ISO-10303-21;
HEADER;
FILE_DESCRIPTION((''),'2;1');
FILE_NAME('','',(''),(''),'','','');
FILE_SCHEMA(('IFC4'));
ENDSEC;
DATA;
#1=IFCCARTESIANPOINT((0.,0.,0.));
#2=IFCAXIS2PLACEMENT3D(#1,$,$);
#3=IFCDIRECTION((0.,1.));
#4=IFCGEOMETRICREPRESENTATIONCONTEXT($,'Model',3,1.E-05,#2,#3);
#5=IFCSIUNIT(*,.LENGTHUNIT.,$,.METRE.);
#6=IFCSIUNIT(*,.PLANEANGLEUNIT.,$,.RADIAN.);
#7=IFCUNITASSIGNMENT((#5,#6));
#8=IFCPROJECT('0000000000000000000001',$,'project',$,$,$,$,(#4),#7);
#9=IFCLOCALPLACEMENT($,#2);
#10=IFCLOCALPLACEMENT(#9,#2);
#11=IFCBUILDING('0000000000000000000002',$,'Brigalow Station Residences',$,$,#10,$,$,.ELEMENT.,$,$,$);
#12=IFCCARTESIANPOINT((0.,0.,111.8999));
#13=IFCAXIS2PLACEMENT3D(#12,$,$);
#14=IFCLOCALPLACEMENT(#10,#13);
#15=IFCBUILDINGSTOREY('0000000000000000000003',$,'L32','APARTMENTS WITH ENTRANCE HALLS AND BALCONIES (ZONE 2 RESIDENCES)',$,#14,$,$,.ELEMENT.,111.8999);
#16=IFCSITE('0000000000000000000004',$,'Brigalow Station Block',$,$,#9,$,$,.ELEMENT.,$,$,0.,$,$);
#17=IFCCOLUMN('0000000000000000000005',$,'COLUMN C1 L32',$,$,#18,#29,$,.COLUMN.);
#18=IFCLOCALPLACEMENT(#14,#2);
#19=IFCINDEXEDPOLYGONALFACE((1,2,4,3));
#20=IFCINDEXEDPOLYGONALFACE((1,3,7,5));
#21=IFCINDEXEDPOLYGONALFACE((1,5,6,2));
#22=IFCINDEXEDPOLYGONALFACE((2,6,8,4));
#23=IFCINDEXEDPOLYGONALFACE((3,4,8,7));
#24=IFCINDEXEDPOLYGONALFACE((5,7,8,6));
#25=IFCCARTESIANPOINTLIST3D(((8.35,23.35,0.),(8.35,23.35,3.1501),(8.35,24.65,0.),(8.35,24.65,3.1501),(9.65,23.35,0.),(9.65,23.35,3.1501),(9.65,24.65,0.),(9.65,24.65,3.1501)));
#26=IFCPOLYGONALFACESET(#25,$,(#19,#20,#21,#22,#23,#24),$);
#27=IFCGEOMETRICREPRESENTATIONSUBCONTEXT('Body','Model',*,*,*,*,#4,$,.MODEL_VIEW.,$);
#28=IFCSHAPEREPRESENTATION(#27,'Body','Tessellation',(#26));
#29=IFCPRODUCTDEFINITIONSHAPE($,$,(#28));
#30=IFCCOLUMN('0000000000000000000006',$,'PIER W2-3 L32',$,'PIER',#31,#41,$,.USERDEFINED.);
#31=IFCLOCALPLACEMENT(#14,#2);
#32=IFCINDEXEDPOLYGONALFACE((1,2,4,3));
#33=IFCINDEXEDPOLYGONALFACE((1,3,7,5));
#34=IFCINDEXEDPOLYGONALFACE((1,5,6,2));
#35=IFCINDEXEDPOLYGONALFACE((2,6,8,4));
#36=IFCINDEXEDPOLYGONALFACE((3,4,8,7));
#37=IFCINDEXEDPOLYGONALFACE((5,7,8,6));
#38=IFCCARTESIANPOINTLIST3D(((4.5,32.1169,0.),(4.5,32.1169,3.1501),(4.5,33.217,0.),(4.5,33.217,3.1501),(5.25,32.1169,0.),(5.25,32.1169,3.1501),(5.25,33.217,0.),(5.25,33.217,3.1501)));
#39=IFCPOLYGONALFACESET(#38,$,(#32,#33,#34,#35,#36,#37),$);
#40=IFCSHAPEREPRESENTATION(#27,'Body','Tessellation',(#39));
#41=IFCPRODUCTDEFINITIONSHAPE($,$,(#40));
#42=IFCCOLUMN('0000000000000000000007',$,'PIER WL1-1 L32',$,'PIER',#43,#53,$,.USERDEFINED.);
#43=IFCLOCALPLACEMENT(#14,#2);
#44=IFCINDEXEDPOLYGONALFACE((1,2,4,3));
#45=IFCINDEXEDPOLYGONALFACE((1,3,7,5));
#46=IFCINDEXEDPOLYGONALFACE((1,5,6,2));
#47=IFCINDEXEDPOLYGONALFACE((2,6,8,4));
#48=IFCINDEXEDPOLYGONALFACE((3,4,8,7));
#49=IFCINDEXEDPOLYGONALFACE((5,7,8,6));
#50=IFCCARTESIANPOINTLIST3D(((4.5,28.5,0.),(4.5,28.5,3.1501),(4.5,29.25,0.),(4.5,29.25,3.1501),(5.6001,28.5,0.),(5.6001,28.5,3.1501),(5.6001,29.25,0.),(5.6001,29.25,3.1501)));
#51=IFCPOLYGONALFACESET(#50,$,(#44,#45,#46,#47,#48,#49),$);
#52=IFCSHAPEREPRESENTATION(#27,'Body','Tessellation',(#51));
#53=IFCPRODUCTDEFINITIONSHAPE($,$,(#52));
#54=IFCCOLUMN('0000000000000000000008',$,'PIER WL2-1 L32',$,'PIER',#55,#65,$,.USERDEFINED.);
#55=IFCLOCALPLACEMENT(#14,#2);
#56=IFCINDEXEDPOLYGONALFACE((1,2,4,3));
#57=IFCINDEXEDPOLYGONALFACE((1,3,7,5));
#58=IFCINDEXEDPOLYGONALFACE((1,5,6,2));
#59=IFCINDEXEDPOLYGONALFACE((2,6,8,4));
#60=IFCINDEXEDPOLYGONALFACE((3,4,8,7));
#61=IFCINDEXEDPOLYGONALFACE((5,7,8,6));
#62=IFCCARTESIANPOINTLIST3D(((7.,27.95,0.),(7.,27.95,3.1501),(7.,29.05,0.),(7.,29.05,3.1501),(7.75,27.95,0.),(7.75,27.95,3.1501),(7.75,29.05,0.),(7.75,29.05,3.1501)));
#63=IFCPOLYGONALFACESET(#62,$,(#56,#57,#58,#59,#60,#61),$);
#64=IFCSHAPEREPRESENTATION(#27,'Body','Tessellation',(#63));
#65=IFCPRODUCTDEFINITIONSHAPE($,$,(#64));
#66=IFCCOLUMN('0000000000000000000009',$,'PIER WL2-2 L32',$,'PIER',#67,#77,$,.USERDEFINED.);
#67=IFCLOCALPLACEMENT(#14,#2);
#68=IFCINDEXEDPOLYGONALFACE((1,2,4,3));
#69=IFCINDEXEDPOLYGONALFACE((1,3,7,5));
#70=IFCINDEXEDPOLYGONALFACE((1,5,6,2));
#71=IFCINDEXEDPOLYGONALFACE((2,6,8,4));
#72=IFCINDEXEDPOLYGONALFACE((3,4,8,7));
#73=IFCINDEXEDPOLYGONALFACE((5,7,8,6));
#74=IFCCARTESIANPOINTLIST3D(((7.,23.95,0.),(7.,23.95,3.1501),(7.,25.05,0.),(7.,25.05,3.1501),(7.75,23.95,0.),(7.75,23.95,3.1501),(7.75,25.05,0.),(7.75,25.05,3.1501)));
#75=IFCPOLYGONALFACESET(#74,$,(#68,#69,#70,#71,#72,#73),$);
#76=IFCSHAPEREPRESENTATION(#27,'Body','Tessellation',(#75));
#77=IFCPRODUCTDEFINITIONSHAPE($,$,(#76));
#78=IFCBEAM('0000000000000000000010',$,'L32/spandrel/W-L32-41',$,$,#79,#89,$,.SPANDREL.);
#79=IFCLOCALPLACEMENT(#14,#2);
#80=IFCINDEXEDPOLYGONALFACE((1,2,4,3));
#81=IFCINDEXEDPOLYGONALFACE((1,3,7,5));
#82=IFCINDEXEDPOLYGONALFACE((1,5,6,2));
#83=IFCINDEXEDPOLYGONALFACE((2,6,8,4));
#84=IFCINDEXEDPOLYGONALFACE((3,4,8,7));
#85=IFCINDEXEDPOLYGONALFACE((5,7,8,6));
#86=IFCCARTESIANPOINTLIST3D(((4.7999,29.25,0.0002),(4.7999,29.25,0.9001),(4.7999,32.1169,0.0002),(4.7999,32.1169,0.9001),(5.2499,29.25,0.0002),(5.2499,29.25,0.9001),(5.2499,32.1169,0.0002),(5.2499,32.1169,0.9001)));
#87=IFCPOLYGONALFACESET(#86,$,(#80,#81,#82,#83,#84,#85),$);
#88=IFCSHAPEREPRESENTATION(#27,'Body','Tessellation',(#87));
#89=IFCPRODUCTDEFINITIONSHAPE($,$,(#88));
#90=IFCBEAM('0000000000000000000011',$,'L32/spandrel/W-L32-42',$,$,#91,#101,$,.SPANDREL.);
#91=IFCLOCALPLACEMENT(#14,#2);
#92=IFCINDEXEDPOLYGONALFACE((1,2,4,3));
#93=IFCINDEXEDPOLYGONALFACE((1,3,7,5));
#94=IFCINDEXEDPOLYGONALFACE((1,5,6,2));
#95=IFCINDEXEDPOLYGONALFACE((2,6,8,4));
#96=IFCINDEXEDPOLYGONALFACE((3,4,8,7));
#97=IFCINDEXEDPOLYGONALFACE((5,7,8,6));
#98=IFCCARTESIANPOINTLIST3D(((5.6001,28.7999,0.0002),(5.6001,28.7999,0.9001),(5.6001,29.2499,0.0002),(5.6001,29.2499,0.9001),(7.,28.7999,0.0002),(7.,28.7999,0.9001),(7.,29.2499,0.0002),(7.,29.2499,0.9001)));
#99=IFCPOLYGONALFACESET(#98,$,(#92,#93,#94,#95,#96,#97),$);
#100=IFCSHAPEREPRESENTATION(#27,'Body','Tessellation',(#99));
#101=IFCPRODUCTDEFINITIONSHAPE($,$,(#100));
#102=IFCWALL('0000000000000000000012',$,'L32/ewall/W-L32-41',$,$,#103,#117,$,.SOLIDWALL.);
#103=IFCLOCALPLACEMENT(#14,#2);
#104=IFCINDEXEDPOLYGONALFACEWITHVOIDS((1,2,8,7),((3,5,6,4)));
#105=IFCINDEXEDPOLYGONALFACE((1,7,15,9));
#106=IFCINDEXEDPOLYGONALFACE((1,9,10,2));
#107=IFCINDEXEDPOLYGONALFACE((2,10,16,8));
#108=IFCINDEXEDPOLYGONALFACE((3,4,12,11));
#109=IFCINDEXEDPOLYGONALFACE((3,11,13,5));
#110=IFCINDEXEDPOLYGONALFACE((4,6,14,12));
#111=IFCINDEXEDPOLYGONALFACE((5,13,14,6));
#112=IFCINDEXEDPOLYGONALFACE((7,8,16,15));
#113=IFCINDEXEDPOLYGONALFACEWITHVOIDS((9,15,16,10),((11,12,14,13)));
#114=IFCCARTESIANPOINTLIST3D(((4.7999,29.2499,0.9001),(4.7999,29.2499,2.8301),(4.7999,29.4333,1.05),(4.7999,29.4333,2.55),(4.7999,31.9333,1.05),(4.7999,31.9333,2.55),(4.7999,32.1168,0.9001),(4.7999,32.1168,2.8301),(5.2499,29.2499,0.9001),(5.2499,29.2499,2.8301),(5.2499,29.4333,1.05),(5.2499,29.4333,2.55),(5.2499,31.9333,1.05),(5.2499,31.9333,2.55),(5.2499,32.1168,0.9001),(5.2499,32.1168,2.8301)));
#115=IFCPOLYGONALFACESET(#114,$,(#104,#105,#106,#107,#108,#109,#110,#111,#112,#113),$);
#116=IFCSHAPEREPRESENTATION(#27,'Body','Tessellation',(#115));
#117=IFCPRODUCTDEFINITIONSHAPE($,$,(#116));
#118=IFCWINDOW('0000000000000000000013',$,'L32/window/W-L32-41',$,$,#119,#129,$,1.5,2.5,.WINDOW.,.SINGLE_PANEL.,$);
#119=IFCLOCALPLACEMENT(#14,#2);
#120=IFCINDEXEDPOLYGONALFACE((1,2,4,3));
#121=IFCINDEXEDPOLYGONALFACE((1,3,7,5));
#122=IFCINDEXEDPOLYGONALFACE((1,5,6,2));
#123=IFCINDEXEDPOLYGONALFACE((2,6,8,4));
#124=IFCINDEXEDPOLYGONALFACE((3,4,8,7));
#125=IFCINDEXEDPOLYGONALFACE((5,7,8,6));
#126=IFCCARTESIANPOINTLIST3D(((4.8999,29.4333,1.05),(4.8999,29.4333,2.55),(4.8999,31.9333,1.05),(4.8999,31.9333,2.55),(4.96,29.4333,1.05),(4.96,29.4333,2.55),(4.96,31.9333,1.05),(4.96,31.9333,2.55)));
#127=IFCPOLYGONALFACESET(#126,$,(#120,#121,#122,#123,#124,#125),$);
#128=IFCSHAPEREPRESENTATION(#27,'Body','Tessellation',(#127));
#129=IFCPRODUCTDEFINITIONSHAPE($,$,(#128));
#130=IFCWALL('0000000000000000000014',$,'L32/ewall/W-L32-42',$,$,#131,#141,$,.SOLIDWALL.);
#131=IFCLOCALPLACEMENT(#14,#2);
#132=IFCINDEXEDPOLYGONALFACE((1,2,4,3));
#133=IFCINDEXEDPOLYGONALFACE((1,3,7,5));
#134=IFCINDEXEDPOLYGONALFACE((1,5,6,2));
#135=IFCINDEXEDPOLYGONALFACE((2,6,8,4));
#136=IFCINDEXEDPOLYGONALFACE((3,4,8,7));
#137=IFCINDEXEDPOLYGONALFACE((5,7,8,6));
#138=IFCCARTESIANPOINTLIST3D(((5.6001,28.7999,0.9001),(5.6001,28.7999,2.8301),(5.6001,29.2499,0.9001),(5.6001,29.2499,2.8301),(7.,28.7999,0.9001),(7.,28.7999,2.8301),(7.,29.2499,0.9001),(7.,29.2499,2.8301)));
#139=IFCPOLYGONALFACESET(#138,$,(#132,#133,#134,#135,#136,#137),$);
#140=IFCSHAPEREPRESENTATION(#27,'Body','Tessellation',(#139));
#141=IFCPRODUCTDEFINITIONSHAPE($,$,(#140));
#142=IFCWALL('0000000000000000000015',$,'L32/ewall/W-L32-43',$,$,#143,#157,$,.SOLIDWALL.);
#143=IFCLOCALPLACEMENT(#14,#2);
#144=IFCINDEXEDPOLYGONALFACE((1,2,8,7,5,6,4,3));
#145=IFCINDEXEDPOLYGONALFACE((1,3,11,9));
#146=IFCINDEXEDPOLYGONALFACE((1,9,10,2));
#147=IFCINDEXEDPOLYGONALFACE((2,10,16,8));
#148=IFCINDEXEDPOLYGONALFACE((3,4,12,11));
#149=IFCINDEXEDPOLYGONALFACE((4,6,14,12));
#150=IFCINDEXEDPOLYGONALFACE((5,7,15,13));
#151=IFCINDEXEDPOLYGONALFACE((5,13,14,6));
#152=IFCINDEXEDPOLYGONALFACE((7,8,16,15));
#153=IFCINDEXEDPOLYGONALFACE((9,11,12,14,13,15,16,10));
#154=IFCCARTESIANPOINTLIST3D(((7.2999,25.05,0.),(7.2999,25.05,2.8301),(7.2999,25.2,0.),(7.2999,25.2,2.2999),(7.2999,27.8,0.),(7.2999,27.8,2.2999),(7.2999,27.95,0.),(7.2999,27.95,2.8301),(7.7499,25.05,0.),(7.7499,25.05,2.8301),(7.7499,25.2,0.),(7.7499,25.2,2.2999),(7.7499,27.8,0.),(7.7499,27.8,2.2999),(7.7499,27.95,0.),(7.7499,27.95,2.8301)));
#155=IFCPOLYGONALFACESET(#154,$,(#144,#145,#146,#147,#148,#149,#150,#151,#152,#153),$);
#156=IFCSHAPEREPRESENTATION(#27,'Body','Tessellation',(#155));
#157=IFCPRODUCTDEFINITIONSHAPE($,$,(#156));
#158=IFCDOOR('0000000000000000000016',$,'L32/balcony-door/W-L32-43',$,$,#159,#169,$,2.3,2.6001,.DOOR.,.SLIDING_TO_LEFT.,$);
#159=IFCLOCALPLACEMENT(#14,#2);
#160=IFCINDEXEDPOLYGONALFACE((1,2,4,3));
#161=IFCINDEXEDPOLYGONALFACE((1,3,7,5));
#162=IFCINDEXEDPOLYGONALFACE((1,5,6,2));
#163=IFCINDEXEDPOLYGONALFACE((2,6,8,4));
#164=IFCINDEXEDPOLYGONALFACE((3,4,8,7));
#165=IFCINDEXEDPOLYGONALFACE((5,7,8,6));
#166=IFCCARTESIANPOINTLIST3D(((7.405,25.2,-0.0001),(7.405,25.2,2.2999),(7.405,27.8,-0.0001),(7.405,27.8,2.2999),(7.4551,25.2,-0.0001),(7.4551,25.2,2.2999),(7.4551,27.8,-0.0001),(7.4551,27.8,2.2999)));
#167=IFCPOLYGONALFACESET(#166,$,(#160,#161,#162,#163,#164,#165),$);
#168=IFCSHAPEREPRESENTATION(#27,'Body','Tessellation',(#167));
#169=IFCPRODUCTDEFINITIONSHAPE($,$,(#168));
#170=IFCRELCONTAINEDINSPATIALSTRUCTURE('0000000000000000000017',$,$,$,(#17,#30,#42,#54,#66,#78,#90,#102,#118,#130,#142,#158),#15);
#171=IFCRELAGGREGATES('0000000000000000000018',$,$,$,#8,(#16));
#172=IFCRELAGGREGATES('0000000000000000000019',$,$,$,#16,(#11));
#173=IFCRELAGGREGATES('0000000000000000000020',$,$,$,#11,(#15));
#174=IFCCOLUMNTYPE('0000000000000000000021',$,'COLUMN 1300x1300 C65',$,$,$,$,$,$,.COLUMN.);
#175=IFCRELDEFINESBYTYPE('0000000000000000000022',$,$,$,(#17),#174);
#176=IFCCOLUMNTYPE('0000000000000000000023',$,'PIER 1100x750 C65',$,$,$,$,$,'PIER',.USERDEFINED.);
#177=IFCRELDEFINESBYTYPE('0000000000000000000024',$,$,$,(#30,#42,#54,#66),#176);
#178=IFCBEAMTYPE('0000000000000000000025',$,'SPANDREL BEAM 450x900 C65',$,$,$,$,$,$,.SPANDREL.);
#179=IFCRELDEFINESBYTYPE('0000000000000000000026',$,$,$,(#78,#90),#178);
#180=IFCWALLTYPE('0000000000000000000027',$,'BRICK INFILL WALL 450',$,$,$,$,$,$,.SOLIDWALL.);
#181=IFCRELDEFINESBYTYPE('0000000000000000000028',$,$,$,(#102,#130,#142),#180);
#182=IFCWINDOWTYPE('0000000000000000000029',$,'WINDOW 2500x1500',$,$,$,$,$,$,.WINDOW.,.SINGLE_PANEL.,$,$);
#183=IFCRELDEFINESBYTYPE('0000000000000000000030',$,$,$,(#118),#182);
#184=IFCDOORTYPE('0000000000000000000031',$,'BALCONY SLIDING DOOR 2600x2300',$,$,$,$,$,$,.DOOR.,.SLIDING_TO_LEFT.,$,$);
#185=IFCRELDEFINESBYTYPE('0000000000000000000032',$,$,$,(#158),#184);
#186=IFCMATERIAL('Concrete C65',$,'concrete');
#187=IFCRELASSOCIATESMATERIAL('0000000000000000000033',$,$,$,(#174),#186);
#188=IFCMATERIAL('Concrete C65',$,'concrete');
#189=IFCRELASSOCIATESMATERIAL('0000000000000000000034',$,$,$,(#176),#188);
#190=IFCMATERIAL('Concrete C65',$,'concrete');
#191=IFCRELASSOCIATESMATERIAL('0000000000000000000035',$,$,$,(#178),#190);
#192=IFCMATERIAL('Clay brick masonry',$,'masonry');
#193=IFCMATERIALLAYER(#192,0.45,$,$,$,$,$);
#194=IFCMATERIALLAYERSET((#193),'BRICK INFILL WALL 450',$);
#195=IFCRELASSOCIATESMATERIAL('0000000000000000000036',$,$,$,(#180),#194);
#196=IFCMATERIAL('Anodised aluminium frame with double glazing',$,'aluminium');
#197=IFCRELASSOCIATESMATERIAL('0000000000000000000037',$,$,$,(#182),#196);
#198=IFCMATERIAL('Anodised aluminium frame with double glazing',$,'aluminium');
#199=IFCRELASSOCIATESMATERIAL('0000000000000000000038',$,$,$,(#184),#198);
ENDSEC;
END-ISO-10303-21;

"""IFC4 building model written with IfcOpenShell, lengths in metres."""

from ifc_helpers import new_model, si_unit, direction, frame, frame_2d, origin, origin_2d, place, context, subcontext, project, spatial, rectangle, extrude, material, layer, layer_set, material_profile, profile_set, type_object, element, fill, save


model = new_model("IFC4")

# Units and contexts
model_context = context("Model", 3, precision=1e-05, world=origin(), true_north=direction((0.0, 1.0)))
body_context = subcontext(model_context, "Body", "Model", "MODEL_VIEW")
ifc_project = project(units=[si_unit("LENGTHUNIT", "METRE"), si_unit("PLANEANGLEUNIT", "RADIAN")], contexts=[model_context])

# Site, building, storey
site_placement = place(None, origin())
site = spatial("IfcSite", under=ifc_project, at=site_placement, Name="Brigalow Station Block", CompositionType="ELEMENT", RefElevation=0.0)
building_placement = place(site_placement, origin())
building = spatial("IfcBuilding", under=site, at=building_placement, Name="Brigalow Station Residences", CompositionType="ELEMENT")
storey_placement = place(building_placement, frame((0.0, 0.0, 111.8999)))
storey = spatial("IfcBuildingStorey", under=building, at=storey_placement, Name="L32", Description="APARTMENTS WITH ENTRANCE HALLS AND BALCONIES (ZONE 2 RESIDENCES)", CompositionType="ELEMENT", Elevation=111.8999)

# Columns
ifc_material_1 = material(Name="Concrete C65", Category="concrete")
ifc_material_profile_1 = material_profile(ifc_material_1, rectangle(XDim=1.3, YDim=1.3, at=origin_2d()), Name="RC1300x1300")
ifc_profile_set_1 = profile_set([ifc_material_profile_1], Name="Concrete C65")
column_type_1 = type_object("IfcColumnType", Name="COLUMN 1300x1300 C65", PredefinedType="COLUMN", material=ifc_profile_set_1)
column_placement = place(storey_placement, frame((9.0, 24.0, 0.0), z_axis=(0.0, 0.0, 1.0), x_axis=(1.0, 0.0, 0.0)))
element("IfcColumn", 1, at=column_placement, inside=storey, type_object=column_type_1, Name="COLUMN C1 L32", PredefinedType="COLUMN", context=body_context, shape_type="SweptSolid", body=[
    extrude(rectangle(XDim=1.3, YDim=1.3, at=origin_2d()), origin(), (0.0, 0.0, 1.0), 3.1501),
])
ifc_material_2 = material(Name="Concrete C65", Category="concrete")
ifc_material_profile_2 = material_profile(ifc_material_2, rectangle(XDim=1.1001, YDim=0.75, at=origin_2d()), Name="RC1100x750")
ifc_profile_set_2 = profile_set([ifc_material_profile_2], Name="Concrete C65")
column_type_2 = type_object("IfcColumnType", Name="PIER 1100x750 C65", ElementType="PIER", PredefinedType="USERDEFINED", material=ifc_profile_set_2)
for number, where, z_axis, x_axis, name in (
    (2, (4.875, 32.667, 0.0), (0.0, 0.0, 1.0), (0.0, -1.0, 0.0), "PIER W2-3 L32"),
    (3, (5.05, 28.875, 0.0), (0.0, 0.0, 1.0), (1.0, 0.0, 0.0), "PIER WL1-1 L32"),
    (4, (7.375, 28.5, 0.0), (0.0, 0.0, 1.0), (0.0, -1.0, 0.0), "PIER WL2-1 L32"),
    (5, (7.375, 24.5, 0.0), (0.0, 0.0, 1.0), (0.0, -1.0, 0.0), "PIER WL2-2 L32"),
):
    element("IfcColumn", number, at=place(storey_placement, frame(where, z_axis=z_axis, x_axis=x_axis)), inside=storey, type_object=column_type_2, Name=name, ObjectType="PIER", PredefinedType="USERDEFINED", context=body_context, shape_type="SweptSolid", body=[
        extrude(rectangle(XDim=1.1001, YDim=0.75, at=origin_2d()), origin(), (0.0, 0.0, 1.0), 3.1501),
    ])

# Beams
ifc_material_3 = material(Name="Concrete C65", Category="concrete")
ifc_material_profile_3 = material_profile(ifc_material_3, rectangle(XDim=0.45, YDim=0.8999, at=origin_2d()), Name="RC450x900")
ifc_profile_set_3 = profile_set([ifc_material_profile_3], Name="Concrete C65")
beam_type = type_object("IfcBeamType", Name="SPANDREL BEAM 450x900 C65", PredefinedType="SPANDREL", material=ifc_profile_set_3)
beam_1_placement = place(storey_placement, frame((5.0249, 32.1169, 0.4502), z_axis=(0.0, -1.0, 0.0), x_axis=(1.0, 0.0, 0.0)))
element("IfcBeam", 6, at=beam_1_placement, inside=storey, type_object=beam_type, Name="L32/spandrel/W-L32-41", PredefinedType="SPANDREL", context=body_context, shape_type="SweptSolid", body=[
    extrude(rectangle(XDim=0.45, YDim=0.8999, at=origin_2d()), origin(), (0.0, 0.0, 1.0), 2.8669),
])
beam_2_placement = place(storey_placement, frame((5.6001, 29.0249, 0.4502), z_axis=(1.0, 0.0, 0.0), x_axis=(0.0, 1.0, 0.0)))
element("IfcBeam", 7, at=beam_2_placement, inside=storey, type_object=beam_type, Name="L32/spandrel/W-L32-42", PredefinedType="SPANDREL", context=body_context, shape_type="SweptSolid", body=[
    extrude(rectangle(XDim=0.45, YDim=0.8999, at=origin_2d()), origin(), (0.0, 0.0, 1.0), 1.3999),
])

# Wall, opening, window
ifc_material_4 = material(Name="Clay brick masonry", Category="masonry")
ifc_layer_1 = layer(ifc_material_4, 0.45)
ifc_layer_set_1 = layer_set([ifc_layer_1], Name="BRICK INFILL WALL 450")
wall_type_1 = type_object("IfcWallType", Name="BRICK INFILL WALL 450", PredefinedType="SOLIDWALL", material=ifc_layer_set_1)
wall_1_placement = place(storey_placement, frame((5.0249, 32.1169, 0.9001), z_axis=(0.0, 0.0, 1.0), x_axis=(0.0, -1.0, 0.0)))
wall_1 = element("IfcWall", 8, at=wall_1_placement, inside=storey, type_object=wall_type_1, Name="L32/ewall/W-L32-41", PredefinedType="SOLIDWALL", context=body_context, shape_type="SweptSolid", body=[
    extrude(rectangle(XDim=2.8669, YDim=0.45, at=frame_2d((1.4336, 0.0))), origin(), (0.0, 0.0, 1.0), 1.9299),
])
opening_1_placement = place(wall_1_placement, frame((0.1836, 0.0, 0.1499)))
opening_1 = element("IfcOpeningElement", 9, at=opening_1_placement, cuts=wall_1, PredefinedType="OPENING", context=body_context, shape_type="SweptSolid", body=[
    extrude(rectangle(XDim=2.5, YDim=1.5, at=frame_2d((1.25, 0.75))), frame((0.0, 0.2349, 0.0), z_axis=(0.0, -1.0, 0.0), x_axis=(1.0, 0.0, 0.0)), (0.0, 0.0, 1.0), 0.47),
])
ifc_material_5 = material(Name="Anodised aluminium frame with double glazing", Category="aluminium")
window_type = type_object("IfcWindowType", Name="WINDOW 2500x1500", PartitioningType="SINGLE_PANEL", PredefinedType="WINDOW", material=ifc_material_5)
window_placement = place(opening_1_placement, origin())
window = element("IfcWindow", 10, at=window_placement, inside=storey, type_object=window_type, Name="L32/window/W-L32-41", OverallHeight=1.5, OverallWidth=2.5, PartitioningType="SINGLE_PANEL", PredefinedType="WINDOW", context=body_context, shape_type="SweptSolid", body=[
    extrude(rectangle(XDim=2.5, YDim=1.5, at=frame_2d((1.25, 0.75))), frame((0.0, -0.0649, 0.0), z_axis=(0.0, -1.0, 0.0), x_axis=(1.0, 0.0, 0.0)), (0.0, 0.0, 1.0), 0.0601),
])
fill(opening_1, window)

# Wall
wall_2_placement = place(storey_placement, frame((5.6001, 29.0249, 0.9001), z_axis=(0.0, 0.0, 1.0), x_axis=(1.0, 0.0, 0.0)))
element("IfcWall", 11, at=wall_2_placement, inside=storey, type_object=wall_type_1, Name="L32/ewall/W-L32-42", PredefinedType="SOLIDWALL", context=body_context, shape_type="SweptSolid", body=[
    extrude(rectangle(XDim=1.3999, YDim=0.45, at=frame_2d((0.7, 0.0))), origin(), (0.0, 0.0, 1.0), 1.9299),
])

# Wall, opening, door
wall_3_placement = place(storey_placement, frame((7.5249, 27.95, 0.0), z_axis=(0.0, 0.0, 1.0), x_axis=(0.0, -1.0, 0.0)))
wall_3 = element("IfcWall", 12, at=wall_3_placement, inside=storey, type_object=wall_type_1, Name="L32/ewall/W-L32-43", PredefinedType="SOLIDWALL", context=body_context, shape_type="SweptSolid", body=[
    extrude(rectangle(XDim=2.8999, YDim=0.45, at=frame_2d((1.45, 0.0))), origin(), (0.0, 0.0, 1.0), 2.8301),
])
opening_2_placement = place(wall_3_placement, frame((0.1499, 0.0, 0.0)))
opening_2 = element("IfcOpeningElement", 13, at=opening_2_placement, cuts=wall_3, PredefinedType="OPENING", context=body_context, shape_type="SweptSolid", body=[
    extrude(rectangle(XDim=2.6001, YDim=2.3, at=frame_2d((1.3, 1.1499))), frame((0.0, 0.2349, 0.0), z_axis=(0.0, -1.0, 0.0), x_axis=(1.0, 0.0, 0.0)), (0.0, 0.0, 1.0), 0.47),
])
ifc_material_6 = material(Name="Anodised aluminium frame with double glazing", Category="aluminium")
door_type_1 = type_object("IfcDoorType", Name="BALCONY SLIDING DOOR 2600x2300", OperationType="SLIDING_TO_LEFT", PredefinedType="DOOR", material=ifc_material_6)
door_1_placement = place(opening_2_placement, origin())
door_1 = element("IfcDoor", 14, at=door_1_placement, inside=storey, type_object=door_type_1, Name="L32/balcony-door/W-L32-43", OperationType="SLIDING_TO_LEFT", OverallHeight=2.3, OverallWidth=2.6001, PredefinedType="DOOR", context=body_context, shape_type="SweptSolid", body=[
    extrude(rectangle(XDim=2.6001, YDim=2.3, at=frame_2d((1.3, 1.1499))), frame((0.0, -0.0698, 0.0), z_axis=(0.0, -1.0, 0.0), x_axis=(1.0, 0.0, 0.0)), (0.0, 0.0, 1.0), 0.05),
])
fill(opening_2, door_1)

save(model, "model.ifc")
